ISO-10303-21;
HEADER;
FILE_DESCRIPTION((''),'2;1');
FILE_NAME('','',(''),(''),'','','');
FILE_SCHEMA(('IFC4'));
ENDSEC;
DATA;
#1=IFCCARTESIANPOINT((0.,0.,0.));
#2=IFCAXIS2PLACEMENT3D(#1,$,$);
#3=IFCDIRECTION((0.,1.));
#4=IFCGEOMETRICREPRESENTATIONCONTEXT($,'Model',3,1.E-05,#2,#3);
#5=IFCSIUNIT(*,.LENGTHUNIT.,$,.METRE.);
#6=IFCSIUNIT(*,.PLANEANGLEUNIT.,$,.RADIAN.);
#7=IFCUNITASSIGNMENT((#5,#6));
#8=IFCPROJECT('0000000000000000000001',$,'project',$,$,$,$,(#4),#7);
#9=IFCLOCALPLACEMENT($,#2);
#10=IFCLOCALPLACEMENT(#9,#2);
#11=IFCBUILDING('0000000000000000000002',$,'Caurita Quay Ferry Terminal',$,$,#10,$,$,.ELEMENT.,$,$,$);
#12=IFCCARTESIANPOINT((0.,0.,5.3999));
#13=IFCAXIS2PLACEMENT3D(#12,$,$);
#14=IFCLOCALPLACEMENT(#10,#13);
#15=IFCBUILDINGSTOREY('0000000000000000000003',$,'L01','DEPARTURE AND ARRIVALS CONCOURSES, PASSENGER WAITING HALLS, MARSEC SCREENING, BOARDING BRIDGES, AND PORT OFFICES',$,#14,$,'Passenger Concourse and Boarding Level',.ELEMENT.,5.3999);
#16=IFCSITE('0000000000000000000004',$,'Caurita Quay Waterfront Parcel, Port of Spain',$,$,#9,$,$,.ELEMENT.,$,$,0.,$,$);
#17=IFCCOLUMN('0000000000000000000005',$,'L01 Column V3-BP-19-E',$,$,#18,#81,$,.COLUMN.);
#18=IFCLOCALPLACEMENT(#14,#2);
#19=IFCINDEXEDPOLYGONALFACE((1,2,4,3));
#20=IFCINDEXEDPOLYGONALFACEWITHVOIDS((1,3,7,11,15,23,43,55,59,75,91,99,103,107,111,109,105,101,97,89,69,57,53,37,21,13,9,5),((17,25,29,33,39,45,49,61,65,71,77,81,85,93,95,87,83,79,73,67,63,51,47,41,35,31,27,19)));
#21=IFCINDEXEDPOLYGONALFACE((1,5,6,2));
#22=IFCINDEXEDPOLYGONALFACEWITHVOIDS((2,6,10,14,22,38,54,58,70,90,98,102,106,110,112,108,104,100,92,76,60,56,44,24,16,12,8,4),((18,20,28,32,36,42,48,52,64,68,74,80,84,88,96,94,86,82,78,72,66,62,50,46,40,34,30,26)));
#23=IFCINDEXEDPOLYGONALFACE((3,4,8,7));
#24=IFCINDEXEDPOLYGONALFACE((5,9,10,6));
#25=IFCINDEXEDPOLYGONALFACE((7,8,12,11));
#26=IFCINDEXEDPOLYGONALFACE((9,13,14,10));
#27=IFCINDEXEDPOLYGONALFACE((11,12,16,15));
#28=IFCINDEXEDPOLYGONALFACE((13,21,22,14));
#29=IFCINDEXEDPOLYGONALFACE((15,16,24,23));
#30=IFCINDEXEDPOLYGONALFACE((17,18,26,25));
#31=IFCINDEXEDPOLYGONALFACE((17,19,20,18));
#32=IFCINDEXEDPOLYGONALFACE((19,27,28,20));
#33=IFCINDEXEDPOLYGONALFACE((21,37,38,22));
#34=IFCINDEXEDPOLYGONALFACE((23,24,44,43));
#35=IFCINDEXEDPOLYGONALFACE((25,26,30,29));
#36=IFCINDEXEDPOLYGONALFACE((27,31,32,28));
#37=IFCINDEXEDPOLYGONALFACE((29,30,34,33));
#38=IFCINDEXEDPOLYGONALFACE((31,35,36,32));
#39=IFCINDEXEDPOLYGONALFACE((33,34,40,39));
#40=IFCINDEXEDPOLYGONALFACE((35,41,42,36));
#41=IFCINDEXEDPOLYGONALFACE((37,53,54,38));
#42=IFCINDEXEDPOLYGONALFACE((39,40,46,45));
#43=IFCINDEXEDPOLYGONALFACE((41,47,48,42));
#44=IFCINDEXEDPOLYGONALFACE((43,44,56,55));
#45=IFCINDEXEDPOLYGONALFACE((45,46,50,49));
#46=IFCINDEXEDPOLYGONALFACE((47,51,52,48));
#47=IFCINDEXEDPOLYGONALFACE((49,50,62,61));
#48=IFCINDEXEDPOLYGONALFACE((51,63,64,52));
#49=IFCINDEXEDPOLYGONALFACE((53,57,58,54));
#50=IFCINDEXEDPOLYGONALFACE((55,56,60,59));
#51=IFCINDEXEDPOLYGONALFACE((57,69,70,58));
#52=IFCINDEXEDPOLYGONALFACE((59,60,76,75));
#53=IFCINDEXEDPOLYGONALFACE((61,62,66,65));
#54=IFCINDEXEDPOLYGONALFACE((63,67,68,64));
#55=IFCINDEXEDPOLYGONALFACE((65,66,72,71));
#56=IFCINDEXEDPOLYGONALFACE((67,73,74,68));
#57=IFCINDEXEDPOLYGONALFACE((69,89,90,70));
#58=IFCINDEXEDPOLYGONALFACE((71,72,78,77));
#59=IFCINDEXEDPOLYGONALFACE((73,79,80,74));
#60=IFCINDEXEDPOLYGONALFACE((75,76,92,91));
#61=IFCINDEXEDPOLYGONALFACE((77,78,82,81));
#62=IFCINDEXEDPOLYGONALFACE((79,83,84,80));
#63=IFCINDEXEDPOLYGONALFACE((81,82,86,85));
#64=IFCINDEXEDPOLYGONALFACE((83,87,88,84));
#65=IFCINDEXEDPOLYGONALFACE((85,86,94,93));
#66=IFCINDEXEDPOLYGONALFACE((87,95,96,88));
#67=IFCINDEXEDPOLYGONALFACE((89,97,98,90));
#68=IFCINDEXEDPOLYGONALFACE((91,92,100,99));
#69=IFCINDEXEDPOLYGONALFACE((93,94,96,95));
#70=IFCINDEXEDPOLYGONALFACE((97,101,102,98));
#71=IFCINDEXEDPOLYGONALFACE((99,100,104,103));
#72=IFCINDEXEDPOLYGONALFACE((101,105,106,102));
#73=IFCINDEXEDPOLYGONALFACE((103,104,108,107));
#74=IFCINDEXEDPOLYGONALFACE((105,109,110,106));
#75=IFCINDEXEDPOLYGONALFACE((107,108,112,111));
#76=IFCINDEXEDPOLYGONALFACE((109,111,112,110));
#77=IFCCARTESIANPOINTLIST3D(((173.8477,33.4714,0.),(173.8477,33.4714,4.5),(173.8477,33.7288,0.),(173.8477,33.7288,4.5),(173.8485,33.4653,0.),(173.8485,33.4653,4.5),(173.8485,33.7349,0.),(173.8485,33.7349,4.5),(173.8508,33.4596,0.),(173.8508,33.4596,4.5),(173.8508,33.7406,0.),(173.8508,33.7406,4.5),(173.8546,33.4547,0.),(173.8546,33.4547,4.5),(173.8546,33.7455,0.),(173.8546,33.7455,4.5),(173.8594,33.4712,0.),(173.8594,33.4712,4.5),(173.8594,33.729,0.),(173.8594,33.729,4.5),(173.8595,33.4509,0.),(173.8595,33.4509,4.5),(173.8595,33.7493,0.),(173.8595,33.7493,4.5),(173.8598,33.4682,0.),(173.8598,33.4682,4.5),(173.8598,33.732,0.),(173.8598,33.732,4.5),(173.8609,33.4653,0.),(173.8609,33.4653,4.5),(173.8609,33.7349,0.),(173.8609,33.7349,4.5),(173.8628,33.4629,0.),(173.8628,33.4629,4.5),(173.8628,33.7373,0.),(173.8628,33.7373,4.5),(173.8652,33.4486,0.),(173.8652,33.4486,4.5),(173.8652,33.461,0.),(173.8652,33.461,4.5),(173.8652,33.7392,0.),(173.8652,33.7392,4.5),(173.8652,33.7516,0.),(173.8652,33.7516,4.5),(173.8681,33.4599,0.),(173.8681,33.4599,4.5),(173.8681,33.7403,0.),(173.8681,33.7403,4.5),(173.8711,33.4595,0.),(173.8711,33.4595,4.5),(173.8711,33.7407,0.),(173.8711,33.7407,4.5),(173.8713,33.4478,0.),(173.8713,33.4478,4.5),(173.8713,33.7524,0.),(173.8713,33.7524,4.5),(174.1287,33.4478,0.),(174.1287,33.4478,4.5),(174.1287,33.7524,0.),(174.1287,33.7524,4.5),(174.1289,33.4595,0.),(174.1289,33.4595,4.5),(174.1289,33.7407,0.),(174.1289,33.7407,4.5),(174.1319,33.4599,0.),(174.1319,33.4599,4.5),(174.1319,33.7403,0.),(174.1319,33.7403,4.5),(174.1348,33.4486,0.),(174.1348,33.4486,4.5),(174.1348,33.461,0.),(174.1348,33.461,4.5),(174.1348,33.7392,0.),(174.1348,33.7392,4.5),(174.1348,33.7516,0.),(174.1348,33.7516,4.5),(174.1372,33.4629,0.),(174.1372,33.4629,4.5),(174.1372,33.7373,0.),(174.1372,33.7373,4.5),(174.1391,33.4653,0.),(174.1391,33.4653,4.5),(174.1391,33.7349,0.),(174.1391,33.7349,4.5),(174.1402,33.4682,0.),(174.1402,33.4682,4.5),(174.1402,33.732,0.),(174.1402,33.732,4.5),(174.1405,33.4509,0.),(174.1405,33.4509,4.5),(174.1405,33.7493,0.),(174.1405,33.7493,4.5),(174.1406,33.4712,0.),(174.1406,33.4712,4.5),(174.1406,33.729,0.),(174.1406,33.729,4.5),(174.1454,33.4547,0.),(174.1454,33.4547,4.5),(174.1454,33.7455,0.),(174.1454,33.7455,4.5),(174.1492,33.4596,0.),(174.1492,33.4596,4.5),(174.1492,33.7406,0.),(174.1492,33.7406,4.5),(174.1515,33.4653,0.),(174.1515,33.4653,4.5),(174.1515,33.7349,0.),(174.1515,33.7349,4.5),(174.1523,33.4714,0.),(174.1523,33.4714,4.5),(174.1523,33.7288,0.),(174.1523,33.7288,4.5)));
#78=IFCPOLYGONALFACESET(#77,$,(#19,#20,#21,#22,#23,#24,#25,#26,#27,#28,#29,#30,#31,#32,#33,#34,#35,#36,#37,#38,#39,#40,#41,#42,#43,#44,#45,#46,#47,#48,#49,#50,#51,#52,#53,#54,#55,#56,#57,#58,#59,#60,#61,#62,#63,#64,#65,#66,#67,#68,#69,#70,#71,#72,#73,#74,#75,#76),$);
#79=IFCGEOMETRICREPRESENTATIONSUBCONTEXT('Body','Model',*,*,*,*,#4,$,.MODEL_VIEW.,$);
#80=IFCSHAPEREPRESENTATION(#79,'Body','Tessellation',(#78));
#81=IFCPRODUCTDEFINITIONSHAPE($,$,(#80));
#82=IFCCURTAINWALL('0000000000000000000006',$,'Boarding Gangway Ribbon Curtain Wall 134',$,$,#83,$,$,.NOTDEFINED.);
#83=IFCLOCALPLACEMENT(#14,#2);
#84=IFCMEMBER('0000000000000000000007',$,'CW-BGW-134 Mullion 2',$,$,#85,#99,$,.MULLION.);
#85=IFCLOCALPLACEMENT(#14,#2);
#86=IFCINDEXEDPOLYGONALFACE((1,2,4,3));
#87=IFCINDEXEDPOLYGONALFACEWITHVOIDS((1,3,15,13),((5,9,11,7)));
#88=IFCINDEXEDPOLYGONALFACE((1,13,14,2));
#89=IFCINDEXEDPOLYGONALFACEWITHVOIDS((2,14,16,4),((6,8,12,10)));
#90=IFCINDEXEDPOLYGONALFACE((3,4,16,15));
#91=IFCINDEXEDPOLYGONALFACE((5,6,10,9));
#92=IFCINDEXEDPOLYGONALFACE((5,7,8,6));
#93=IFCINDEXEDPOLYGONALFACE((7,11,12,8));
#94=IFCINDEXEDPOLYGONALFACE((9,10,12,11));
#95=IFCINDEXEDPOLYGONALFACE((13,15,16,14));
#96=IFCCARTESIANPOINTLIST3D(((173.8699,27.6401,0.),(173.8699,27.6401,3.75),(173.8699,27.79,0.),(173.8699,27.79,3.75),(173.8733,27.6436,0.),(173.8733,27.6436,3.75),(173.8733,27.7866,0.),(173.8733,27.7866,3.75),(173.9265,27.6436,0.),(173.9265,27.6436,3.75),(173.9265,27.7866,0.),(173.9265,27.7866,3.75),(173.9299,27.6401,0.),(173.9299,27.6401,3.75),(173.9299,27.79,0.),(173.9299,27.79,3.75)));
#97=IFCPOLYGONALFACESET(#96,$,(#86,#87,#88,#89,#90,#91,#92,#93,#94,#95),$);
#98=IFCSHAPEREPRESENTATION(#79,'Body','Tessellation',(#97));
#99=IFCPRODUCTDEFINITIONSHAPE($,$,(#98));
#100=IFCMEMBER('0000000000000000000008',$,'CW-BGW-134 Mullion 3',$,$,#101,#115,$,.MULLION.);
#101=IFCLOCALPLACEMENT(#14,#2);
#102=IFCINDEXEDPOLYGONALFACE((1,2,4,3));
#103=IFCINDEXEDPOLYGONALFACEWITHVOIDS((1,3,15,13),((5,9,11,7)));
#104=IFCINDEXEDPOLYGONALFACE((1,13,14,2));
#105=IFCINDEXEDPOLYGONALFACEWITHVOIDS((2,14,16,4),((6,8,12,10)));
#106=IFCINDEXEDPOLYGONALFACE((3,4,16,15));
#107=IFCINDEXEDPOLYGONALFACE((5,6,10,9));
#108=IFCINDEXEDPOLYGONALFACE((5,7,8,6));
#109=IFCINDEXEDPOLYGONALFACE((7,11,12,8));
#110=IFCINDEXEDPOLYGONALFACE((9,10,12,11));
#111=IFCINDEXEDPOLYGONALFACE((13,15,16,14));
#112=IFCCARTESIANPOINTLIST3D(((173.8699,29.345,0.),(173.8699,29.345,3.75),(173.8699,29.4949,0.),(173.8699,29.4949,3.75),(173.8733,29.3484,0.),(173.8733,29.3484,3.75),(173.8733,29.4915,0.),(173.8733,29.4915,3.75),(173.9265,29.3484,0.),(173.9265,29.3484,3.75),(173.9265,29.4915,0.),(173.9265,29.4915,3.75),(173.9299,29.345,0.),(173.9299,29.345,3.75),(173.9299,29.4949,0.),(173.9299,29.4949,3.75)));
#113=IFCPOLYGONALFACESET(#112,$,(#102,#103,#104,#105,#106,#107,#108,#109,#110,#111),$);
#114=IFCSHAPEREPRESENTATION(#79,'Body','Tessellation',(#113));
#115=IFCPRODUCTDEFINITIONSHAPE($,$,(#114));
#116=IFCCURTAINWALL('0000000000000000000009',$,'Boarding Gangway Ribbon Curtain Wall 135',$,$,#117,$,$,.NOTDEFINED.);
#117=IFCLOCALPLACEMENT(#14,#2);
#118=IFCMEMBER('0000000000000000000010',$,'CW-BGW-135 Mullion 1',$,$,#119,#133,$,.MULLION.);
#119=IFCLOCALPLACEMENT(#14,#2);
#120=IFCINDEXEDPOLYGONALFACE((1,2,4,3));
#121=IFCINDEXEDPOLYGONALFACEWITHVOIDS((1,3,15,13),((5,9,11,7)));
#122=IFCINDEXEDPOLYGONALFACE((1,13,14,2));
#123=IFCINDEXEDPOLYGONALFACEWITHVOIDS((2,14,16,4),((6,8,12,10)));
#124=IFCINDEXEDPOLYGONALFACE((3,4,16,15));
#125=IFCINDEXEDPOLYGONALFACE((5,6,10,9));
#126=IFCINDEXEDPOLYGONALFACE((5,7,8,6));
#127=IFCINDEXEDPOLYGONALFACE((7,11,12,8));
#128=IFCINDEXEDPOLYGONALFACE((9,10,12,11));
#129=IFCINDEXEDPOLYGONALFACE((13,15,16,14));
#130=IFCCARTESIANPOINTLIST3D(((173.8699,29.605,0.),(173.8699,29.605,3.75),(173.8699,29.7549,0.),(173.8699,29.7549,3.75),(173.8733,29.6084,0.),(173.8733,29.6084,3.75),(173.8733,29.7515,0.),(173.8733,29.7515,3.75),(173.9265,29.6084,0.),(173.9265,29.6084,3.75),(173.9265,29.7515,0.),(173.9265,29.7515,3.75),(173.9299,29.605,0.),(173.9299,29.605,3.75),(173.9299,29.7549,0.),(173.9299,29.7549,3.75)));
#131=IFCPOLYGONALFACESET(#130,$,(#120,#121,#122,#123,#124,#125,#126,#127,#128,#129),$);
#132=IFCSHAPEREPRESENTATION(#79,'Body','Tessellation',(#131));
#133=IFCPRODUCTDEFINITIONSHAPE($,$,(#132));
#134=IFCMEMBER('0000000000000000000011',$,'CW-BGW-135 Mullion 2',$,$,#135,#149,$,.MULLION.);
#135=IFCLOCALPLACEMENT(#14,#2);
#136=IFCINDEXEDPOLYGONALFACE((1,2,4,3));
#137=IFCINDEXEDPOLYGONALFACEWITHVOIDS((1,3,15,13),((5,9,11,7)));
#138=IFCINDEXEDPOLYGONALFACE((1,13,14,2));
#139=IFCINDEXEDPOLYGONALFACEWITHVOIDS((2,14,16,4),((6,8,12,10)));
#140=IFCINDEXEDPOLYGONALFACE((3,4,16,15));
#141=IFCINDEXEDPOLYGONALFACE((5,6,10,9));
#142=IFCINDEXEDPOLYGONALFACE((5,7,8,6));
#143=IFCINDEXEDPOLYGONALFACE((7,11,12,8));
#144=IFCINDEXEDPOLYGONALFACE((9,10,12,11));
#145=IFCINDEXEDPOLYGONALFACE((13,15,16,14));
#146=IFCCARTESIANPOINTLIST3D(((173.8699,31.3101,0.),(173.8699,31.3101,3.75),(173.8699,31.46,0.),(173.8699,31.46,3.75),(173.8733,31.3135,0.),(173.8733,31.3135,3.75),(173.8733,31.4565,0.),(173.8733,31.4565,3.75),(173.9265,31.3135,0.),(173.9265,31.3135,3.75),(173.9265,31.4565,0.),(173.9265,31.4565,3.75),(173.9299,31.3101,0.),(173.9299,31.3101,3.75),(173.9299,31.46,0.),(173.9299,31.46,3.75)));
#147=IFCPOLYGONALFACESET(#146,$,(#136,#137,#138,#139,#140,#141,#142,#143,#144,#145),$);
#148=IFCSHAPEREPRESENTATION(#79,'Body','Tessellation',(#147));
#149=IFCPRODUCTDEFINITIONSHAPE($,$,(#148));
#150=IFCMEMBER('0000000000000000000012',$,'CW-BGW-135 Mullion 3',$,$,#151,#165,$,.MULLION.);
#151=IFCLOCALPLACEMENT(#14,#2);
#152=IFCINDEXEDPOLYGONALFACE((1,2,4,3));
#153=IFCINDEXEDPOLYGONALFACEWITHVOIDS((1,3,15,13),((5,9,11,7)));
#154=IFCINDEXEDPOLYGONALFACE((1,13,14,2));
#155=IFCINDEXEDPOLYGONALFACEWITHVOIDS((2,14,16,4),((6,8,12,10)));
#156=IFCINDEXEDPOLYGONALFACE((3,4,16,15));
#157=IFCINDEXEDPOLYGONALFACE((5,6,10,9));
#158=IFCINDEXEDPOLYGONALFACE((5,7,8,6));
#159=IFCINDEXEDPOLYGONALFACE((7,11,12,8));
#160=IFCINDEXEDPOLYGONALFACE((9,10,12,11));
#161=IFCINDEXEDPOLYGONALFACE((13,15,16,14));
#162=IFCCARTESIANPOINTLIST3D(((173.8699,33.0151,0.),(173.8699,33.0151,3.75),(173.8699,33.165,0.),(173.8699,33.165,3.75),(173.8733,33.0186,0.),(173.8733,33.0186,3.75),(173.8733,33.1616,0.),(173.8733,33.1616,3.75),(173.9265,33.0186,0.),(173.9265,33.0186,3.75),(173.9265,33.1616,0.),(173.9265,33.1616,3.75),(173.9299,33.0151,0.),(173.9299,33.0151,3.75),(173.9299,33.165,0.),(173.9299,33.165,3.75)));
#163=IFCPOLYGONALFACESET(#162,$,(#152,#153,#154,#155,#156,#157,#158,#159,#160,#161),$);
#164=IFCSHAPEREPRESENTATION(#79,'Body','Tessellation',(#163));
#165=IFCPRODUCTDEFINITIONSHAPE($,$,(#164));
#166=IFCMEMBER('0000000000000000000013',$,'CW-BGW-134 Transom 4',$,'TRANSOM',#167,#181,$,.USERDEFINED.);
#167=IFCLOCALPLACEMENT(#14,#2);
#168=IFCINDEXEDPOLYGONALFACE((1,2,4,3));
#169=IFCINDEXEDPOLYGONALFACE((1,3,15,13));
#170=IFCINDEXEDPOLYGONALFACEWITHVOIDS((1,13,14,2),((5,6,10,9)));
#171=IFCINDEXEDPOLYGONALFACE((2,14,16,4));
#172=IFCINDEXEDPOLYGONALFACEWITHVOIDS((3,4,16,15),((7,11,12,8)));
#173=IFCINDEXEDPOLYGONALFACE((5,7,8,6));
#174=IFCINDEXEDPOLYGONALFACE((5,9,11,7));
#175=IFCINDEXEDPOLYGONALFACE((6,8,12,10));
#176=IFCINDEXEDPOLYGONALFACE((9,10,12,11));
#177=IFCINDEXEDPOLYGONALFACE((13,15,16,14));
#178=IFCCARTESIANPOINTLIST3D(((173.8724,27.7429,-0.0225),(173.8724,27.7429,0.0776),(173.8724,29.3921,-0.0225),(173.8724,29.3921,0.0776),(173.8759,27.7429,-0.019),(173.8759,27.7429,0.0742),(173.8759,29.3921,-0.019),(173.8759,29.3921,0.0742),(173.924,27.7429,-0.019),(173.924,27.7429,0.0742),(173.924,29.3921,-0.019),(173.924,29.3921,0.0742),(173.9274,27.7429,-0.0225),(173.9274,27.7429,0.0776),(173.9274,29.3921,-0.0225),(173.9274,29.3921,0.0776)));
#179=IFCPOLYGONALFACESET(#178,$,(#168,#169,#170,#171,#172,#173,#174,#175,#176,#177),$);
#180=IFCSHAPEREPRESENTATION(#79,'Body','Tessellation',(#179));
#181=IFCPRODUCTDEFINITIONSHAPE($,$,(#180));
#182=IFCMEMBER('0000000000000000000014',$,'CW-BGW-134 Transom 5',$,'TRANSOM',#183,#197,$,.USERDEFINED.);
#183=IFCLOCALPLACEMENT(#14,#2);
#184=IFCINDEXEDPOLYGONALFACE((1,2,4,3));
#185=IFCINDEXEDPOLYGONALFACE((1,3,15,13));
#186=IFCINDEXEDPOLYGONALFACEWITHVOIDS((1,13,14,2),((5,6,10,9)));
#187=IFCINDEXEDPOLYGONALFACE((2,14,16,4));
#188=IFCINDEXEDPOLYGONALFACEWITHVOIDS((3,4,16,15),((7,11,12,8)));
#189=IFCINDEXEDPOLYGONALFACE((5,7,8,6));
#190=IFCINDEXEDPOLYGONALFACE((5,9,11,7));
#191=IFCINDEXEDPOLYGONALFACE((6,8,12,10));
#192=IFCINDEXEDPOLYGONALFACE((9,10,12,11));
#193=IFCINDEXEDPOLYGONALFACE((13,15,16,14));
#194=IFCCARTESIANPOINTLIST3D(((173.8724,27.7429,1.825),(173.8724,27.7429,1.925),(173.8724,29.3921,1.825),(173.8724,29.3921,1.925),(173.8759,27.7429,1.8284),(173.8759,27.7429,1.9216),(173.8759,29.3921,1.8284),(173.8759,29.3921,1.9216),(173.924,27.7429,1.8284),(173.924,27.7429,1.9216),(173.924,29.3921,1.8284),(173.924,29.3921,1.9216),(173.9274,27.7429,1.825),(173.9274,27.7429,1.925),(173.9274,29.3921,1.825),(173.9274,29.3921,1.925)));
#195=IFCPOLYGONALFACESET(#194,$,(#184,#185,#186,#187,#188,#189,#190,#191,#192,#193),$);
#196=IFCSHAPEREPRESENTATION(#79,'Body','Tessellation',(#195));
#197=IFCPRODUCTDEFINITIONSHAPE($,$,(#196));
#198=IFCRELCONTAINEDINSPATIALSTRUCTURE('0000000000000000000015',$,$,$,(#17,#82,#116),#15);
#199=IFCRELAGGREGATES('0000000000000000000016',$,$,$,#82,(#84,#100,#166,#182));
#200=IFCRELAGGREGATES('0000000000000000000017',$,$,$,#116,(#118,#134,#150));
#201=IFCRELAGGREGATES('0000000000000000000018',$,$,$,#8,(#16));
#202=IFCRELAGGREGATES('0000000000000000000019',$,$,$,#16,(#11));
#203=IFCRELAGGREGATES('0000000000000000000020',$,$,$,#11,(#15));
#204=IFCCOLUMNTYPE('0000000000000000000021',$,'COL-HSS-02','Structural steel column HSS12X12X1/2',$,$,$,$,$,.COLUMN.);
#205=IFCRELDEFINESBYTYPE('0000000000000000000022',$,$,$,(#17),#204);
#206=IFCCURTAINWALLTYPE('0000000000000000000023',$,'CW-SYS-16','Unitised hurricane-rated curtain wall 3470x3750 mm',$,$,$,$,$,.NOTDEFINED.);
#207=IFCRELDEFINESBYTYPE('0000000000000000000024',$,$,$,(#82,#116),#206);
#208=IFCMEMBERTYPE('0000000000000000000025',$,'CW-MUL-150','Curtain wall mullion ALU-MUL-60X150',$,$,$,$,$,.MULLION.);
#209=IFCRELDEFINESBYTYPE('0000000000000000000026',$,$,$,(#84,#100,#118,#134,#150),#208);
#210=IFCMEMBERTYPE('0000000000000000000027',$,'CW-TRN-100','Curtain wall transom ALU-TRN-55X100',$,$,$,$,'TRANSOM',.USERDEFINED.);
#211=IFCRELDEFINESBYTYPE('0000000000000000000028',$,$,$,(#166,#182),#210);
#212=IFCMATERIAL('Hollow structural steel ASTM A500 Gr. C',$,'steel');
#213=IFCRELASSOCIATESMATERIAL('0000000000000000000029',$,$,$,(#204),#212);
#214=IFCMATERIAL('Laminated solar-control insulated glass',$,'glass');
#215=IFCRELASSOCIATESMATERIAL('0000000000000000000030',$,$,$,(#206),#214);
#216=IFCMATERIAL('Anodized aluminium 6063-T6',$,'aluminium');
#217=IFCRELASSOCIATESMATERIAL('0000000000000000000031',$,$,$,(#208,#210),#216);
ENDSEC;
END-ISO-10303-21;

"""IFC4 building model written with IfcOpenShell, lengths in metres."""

from ifc_helpers import new_model, si_unit, direction, frame, origin, origin_2d, place, context, subcontext, project, spatial, hollow_rectangle, extrude, material, material_profile, profile_set, type_object, element, aggregate, save


model = new_model("IFC4")

# Units and contexts
model_context = context("Model", 3, precision=1e-05, world=origin(), true_north=direction((0.0, 1.0)))
body_context = subcontext(model_context, "Body", "Model", "MODEL_VIEW")
ifc_project = project(units=[si_unit("LENGTHUNIT", "METRE"), si_unit("PLANEANGLEUNIT", "RADIAN")], contexts=[model_context])

# Site, building, storey
site_placement = place(None, origin())
site = spatial("IfcSite", under=ifc_project, at=site_placement, Name="Caurita Quay Waterfront Parcel, Port of Spain", CompositionType="ELEMENT", RefElevation=0.0)
building_placement = place(site_placement, origin())
building = spatial("IfcBuilding", under=site, at=building_placement, Name="Caurita Quay Ferry Terminal", CompositionType="ELEMENT")
storey_placement = place(building_placement, frame((0.0, 0.0, 5.3999)))
storey = spatial("IfcBuildingStorey", under=building, at=storey_placement, Name="L01", Description="DEPARTURE AND ARRIVALS CONCOURSES, PASSENGER WAITING HALLS, MARSEC SCREENING, BOARDING BRIDGES, AND PORT OFFICES", LongName="Passenger Concourse and Boarding Level", CompositionType="ELEMENT", Elevation=5.3999)

# Column
ifc_material_1 = material(Name="Hollow structural steel ASTM A500 Gr. C", Category="steel")
ifc_material_profile_1 = material_profile(ifc_material_1, hollow_rectangle(XDim=0.3047, YDim=0.3047, WallThickness=0.0117, InnerFilletRadius=0.0117, OuterFilletRadius=0.0237, at=origin_2d()), Name="HSS12X12X1/2")
ifc_profile_set_1 = profile_set([ifc_material_profile_1], Name="Hollow structural steel ASTM A500 Gr. C")
column_type = type_object("IfcColumnType", Name="COL-HSS-02", Description="Structural steel column HSS12X12X1/2", PredefinedType="COLUMN", material=ifc_profile_set_1)
column_placement = place(storey_placement, frame((174.0, 33.6001, 0.0), z_axis=(0.0, 0.0, 1.0), x_axis=(1.0, 0.0, 0.0)))
element("IfcColumn", 1, at=column_placement, inside=storey, type_object=column_type, Name="L01 Column V3-BP-19-E", PredefinedType="COLUMN", context=body_context, shape_type="SweptSolid", body=[
    extrude(hollow_rectangle(XDim=0.3047, YDim=0.3047, WallThickness=0.0117, InnerFilletRadius=0.0117, OuterFilletRadius=0.0237, at=origin_2d()), origin(), (0.0, 0.0, 1.0), 4.5),
])

# Curtain walls, members
ifc_material_2 = material(Name="Laminated solar-control insulated glass", Category="glass")
curtain_wall_type = type_object("IfcCurtainWallType", Name="CW-SYS-16", Description="Unitised hurricane-rated curtain wall 3470x3750 mm", PredefinedType="NOTDEFINED", material=ifc_material_2)
curtain_wall_1_placement = place(storey_placement, origin())
curtain_wall_1 = element("IfcCurtainWall", 2, at=curtain_wall_1_placement, inside=storey, type_object=curtain_wall_type, Name="Boarding Gangway Ribbon Curtain Wall 134", PredefinedType="NOTDEFINED")
ifc_material_3 = material(Name="Anodized aluminium 6063-T6", Category="aluminium")
ifc_material_profile_2 = material_profile(ifc_material_3, hollow_rectangle(XDim=0.0601, YDim=0.1499, WallThickness=0.0034, at=origin_2d()), Name="ALU-MUL-60X150")
ifc_profile_set_2 = profile_set([ifc_material_profile_2], Name="Anodized aluminium 6063-T6")
member_type_1 = type_object("IfcMemberType", Name="CW-MUL-150", Description="Curtain wall mullion ALU-MUL-60X150", PredefinedType="MULLION", material=ifc_profile_set_2)
member_1_placement = place(storey_placement, frame((173.8999, 27.7151, 0.0), z_axis=(0.0, 0.0, 1.0), x_axis=(-1.0, 0.0, 0.0)))
member_1 = element("IfcMember", 3, at=member_1_placement, type_object=member_type_1, Name="CW-BGW-134 Mullion 2", PredefinedType="MULLION", context=body_context, shape_type="SweptSolid", body=[
    extrude(hollow_rectangle(XDim=0.0601, YDim=0.1499, WallThickness=0.0034, at=origin_2d()), origin(), (0.0, 0.0, 1.0), 3.75),
])
member_2_placement = place(storey_placement, frame((173.8999, 29.4199, 0.0), z_axis=(0.0, 0.0, 1.0), x_axis=(-1.0, 0.0, 0.0)))
member_2 = element("IfcMember", 4, at=member_2_placement, type_object=member_type_1, Name="CW-BGW-134 Mullion 3", PredefinedType="MULLION", context=body_context, shape_type="SweptSolid", body=[
    extrude(hollow_rectangle(XDim=0.0601, YDim=0.1499, WallThickness=0.0034, at=origin_2d()), origin(), (0.0, 0.0, 1.0), 3.75),
])
curtain_wall_2_placement = place(storey_placement, origin())
curtain_wall_2 = element("IfcCurtainWall", 5, at=curtain_wall_2_placement, inside=storey, type_object=curtain_wall_type, Name="Boarding Gangway Ribbon Curtain Wall 135", PredefinedType="NOTDEFINED")
member_3_placement = place(storey_placement, frame((173.8999, 29.6799, 0.0), z_axis=(0.0, 0.0, 1.0), x_axis=(-1.0, 0.0, 0.0)))
member_3 = element("IfcMember", 6, at=member_3_placement, type_object=member_type_1, Name="CW-BGW-135 Mullion 1", PredefinedType="MULLION", context=body_context, shape_type="SweptSolid", body=[
    extrude(hollow_rectangle(XDim=0.0601, YDim=0.1499, WallThickness=0.0034, at=origin_2d()), origin(), (0.0, 0.0, 1.0), 3.75),
])
member_4_placement = place(storey_placement, frame((173.8999, 31.385, 0.0), z_axis=(0.0, 0.0, 1.0), x_axis=(-1.0, 0.0, 0.0)))
member_4 = element("IfcMember", 7, at=member_4_placement, type_object=member_type_1, Name="CW-BGW-135 Mullion 2", PredefinedType="MULLION", context=body_context, shape_type="SweptSolid", body=[
    extrude(hollow_rectangle(XDim=0.0601, YDim=0.1499, WallThickness=0.0034, at=origin_2d()), origin(), (0.0, 0.0, 1.0), 3.75),
])
member_5_placement = place(storey_placement, frame((173.8999, 33.0901, 0.0), z_axis=(0.0, 0.0, 1.0), x_axis=(-1.0, 0.0, 0.0)))
member_5 = element("IfcMember", 8, at=member_5_placement, type_object=member_type_1, Name="CW-BGW-135 Mullion 3", PredefinedType="MULLION", context=body_context, shape_type="SweptSolid", body=[
    extrude(hollow_rectangle(XDim=0.0601, YDim=0.1499, WallThickness=0.0034, at=origin_2d()), origin(), (0.0, 0.0, 1.0), 3.75),
])

# Members
ifc_material_profile_3 = material_profile(ifc_material_3, hollow_rectangle(XDim=0.0549, YDim=0.1001, WallThickness=0.0034, at=origin_2d()), Name="ALU-TRN-55X100")
ifc_profile_set_3 = profile_set([ifc_material_profile_3], Name="Anodized aluminium 6063-T6")
member_type_2 = type_object("IfcMemberType", Name="CW-TRN-100", Description="Curtain wall transom ALU-TRN-55X100", ElementType="TRANSOM", PredefinedType="USERDEFINED", material=ifc_profile_set_3)
member_6_placement = place(storey_placement, frame((173.8999, 27.7429, 0.0276), z_axis=(0.0, 1.0, 0.0), x_axis=(-1.0, 0.0, 0.0)))
member_6 = element("IfcMember", 9, at=member_6_placement, type_object=member_type_2, Name="CW-BGW-134 Transom 4", ObjectType="TRANSOM", PredefinedType="USERDEFINED", context=body_context, shape_type="SweptSolid", body=[
    extrude(hollow_rectangle(XDim=0.0549, YDim=0.1001, WallThickness=0.0034, at=origin_2d()), origin(), (0.0, 0.0, 1.0), 1.6492),
])
member_7_placement = place(storey_placement, frame((173.8999, 27.7429, 1.875), z_axis=(0.0, 1.0, 0.0), x_axis=(-1.0, 0.0, 0.0)))
member_7 = element("IfcMember", 10, at=member_7_placement, type_object=member_type_2, Name="CW-BGW-134 Transom 5", ObjectType="TRANSOM", PredefinedType="USERDEFINED", context=body_context, shape_type="SweptSolid", body=[
    extrude(hollow_rectangle(XDim=0.0549, YDim=0.1001, WallThickness=0.0034, at=origin_2d()), origin(), (0.0, 0.0, 1.0), 1.6492),
])

aggregate(curtain_wall_1, [member_1, member_2, member_6, member_7])
aggregate(curtain_wall_2, [member_3, member_4, member_5])

save(model, "model.ifc")
